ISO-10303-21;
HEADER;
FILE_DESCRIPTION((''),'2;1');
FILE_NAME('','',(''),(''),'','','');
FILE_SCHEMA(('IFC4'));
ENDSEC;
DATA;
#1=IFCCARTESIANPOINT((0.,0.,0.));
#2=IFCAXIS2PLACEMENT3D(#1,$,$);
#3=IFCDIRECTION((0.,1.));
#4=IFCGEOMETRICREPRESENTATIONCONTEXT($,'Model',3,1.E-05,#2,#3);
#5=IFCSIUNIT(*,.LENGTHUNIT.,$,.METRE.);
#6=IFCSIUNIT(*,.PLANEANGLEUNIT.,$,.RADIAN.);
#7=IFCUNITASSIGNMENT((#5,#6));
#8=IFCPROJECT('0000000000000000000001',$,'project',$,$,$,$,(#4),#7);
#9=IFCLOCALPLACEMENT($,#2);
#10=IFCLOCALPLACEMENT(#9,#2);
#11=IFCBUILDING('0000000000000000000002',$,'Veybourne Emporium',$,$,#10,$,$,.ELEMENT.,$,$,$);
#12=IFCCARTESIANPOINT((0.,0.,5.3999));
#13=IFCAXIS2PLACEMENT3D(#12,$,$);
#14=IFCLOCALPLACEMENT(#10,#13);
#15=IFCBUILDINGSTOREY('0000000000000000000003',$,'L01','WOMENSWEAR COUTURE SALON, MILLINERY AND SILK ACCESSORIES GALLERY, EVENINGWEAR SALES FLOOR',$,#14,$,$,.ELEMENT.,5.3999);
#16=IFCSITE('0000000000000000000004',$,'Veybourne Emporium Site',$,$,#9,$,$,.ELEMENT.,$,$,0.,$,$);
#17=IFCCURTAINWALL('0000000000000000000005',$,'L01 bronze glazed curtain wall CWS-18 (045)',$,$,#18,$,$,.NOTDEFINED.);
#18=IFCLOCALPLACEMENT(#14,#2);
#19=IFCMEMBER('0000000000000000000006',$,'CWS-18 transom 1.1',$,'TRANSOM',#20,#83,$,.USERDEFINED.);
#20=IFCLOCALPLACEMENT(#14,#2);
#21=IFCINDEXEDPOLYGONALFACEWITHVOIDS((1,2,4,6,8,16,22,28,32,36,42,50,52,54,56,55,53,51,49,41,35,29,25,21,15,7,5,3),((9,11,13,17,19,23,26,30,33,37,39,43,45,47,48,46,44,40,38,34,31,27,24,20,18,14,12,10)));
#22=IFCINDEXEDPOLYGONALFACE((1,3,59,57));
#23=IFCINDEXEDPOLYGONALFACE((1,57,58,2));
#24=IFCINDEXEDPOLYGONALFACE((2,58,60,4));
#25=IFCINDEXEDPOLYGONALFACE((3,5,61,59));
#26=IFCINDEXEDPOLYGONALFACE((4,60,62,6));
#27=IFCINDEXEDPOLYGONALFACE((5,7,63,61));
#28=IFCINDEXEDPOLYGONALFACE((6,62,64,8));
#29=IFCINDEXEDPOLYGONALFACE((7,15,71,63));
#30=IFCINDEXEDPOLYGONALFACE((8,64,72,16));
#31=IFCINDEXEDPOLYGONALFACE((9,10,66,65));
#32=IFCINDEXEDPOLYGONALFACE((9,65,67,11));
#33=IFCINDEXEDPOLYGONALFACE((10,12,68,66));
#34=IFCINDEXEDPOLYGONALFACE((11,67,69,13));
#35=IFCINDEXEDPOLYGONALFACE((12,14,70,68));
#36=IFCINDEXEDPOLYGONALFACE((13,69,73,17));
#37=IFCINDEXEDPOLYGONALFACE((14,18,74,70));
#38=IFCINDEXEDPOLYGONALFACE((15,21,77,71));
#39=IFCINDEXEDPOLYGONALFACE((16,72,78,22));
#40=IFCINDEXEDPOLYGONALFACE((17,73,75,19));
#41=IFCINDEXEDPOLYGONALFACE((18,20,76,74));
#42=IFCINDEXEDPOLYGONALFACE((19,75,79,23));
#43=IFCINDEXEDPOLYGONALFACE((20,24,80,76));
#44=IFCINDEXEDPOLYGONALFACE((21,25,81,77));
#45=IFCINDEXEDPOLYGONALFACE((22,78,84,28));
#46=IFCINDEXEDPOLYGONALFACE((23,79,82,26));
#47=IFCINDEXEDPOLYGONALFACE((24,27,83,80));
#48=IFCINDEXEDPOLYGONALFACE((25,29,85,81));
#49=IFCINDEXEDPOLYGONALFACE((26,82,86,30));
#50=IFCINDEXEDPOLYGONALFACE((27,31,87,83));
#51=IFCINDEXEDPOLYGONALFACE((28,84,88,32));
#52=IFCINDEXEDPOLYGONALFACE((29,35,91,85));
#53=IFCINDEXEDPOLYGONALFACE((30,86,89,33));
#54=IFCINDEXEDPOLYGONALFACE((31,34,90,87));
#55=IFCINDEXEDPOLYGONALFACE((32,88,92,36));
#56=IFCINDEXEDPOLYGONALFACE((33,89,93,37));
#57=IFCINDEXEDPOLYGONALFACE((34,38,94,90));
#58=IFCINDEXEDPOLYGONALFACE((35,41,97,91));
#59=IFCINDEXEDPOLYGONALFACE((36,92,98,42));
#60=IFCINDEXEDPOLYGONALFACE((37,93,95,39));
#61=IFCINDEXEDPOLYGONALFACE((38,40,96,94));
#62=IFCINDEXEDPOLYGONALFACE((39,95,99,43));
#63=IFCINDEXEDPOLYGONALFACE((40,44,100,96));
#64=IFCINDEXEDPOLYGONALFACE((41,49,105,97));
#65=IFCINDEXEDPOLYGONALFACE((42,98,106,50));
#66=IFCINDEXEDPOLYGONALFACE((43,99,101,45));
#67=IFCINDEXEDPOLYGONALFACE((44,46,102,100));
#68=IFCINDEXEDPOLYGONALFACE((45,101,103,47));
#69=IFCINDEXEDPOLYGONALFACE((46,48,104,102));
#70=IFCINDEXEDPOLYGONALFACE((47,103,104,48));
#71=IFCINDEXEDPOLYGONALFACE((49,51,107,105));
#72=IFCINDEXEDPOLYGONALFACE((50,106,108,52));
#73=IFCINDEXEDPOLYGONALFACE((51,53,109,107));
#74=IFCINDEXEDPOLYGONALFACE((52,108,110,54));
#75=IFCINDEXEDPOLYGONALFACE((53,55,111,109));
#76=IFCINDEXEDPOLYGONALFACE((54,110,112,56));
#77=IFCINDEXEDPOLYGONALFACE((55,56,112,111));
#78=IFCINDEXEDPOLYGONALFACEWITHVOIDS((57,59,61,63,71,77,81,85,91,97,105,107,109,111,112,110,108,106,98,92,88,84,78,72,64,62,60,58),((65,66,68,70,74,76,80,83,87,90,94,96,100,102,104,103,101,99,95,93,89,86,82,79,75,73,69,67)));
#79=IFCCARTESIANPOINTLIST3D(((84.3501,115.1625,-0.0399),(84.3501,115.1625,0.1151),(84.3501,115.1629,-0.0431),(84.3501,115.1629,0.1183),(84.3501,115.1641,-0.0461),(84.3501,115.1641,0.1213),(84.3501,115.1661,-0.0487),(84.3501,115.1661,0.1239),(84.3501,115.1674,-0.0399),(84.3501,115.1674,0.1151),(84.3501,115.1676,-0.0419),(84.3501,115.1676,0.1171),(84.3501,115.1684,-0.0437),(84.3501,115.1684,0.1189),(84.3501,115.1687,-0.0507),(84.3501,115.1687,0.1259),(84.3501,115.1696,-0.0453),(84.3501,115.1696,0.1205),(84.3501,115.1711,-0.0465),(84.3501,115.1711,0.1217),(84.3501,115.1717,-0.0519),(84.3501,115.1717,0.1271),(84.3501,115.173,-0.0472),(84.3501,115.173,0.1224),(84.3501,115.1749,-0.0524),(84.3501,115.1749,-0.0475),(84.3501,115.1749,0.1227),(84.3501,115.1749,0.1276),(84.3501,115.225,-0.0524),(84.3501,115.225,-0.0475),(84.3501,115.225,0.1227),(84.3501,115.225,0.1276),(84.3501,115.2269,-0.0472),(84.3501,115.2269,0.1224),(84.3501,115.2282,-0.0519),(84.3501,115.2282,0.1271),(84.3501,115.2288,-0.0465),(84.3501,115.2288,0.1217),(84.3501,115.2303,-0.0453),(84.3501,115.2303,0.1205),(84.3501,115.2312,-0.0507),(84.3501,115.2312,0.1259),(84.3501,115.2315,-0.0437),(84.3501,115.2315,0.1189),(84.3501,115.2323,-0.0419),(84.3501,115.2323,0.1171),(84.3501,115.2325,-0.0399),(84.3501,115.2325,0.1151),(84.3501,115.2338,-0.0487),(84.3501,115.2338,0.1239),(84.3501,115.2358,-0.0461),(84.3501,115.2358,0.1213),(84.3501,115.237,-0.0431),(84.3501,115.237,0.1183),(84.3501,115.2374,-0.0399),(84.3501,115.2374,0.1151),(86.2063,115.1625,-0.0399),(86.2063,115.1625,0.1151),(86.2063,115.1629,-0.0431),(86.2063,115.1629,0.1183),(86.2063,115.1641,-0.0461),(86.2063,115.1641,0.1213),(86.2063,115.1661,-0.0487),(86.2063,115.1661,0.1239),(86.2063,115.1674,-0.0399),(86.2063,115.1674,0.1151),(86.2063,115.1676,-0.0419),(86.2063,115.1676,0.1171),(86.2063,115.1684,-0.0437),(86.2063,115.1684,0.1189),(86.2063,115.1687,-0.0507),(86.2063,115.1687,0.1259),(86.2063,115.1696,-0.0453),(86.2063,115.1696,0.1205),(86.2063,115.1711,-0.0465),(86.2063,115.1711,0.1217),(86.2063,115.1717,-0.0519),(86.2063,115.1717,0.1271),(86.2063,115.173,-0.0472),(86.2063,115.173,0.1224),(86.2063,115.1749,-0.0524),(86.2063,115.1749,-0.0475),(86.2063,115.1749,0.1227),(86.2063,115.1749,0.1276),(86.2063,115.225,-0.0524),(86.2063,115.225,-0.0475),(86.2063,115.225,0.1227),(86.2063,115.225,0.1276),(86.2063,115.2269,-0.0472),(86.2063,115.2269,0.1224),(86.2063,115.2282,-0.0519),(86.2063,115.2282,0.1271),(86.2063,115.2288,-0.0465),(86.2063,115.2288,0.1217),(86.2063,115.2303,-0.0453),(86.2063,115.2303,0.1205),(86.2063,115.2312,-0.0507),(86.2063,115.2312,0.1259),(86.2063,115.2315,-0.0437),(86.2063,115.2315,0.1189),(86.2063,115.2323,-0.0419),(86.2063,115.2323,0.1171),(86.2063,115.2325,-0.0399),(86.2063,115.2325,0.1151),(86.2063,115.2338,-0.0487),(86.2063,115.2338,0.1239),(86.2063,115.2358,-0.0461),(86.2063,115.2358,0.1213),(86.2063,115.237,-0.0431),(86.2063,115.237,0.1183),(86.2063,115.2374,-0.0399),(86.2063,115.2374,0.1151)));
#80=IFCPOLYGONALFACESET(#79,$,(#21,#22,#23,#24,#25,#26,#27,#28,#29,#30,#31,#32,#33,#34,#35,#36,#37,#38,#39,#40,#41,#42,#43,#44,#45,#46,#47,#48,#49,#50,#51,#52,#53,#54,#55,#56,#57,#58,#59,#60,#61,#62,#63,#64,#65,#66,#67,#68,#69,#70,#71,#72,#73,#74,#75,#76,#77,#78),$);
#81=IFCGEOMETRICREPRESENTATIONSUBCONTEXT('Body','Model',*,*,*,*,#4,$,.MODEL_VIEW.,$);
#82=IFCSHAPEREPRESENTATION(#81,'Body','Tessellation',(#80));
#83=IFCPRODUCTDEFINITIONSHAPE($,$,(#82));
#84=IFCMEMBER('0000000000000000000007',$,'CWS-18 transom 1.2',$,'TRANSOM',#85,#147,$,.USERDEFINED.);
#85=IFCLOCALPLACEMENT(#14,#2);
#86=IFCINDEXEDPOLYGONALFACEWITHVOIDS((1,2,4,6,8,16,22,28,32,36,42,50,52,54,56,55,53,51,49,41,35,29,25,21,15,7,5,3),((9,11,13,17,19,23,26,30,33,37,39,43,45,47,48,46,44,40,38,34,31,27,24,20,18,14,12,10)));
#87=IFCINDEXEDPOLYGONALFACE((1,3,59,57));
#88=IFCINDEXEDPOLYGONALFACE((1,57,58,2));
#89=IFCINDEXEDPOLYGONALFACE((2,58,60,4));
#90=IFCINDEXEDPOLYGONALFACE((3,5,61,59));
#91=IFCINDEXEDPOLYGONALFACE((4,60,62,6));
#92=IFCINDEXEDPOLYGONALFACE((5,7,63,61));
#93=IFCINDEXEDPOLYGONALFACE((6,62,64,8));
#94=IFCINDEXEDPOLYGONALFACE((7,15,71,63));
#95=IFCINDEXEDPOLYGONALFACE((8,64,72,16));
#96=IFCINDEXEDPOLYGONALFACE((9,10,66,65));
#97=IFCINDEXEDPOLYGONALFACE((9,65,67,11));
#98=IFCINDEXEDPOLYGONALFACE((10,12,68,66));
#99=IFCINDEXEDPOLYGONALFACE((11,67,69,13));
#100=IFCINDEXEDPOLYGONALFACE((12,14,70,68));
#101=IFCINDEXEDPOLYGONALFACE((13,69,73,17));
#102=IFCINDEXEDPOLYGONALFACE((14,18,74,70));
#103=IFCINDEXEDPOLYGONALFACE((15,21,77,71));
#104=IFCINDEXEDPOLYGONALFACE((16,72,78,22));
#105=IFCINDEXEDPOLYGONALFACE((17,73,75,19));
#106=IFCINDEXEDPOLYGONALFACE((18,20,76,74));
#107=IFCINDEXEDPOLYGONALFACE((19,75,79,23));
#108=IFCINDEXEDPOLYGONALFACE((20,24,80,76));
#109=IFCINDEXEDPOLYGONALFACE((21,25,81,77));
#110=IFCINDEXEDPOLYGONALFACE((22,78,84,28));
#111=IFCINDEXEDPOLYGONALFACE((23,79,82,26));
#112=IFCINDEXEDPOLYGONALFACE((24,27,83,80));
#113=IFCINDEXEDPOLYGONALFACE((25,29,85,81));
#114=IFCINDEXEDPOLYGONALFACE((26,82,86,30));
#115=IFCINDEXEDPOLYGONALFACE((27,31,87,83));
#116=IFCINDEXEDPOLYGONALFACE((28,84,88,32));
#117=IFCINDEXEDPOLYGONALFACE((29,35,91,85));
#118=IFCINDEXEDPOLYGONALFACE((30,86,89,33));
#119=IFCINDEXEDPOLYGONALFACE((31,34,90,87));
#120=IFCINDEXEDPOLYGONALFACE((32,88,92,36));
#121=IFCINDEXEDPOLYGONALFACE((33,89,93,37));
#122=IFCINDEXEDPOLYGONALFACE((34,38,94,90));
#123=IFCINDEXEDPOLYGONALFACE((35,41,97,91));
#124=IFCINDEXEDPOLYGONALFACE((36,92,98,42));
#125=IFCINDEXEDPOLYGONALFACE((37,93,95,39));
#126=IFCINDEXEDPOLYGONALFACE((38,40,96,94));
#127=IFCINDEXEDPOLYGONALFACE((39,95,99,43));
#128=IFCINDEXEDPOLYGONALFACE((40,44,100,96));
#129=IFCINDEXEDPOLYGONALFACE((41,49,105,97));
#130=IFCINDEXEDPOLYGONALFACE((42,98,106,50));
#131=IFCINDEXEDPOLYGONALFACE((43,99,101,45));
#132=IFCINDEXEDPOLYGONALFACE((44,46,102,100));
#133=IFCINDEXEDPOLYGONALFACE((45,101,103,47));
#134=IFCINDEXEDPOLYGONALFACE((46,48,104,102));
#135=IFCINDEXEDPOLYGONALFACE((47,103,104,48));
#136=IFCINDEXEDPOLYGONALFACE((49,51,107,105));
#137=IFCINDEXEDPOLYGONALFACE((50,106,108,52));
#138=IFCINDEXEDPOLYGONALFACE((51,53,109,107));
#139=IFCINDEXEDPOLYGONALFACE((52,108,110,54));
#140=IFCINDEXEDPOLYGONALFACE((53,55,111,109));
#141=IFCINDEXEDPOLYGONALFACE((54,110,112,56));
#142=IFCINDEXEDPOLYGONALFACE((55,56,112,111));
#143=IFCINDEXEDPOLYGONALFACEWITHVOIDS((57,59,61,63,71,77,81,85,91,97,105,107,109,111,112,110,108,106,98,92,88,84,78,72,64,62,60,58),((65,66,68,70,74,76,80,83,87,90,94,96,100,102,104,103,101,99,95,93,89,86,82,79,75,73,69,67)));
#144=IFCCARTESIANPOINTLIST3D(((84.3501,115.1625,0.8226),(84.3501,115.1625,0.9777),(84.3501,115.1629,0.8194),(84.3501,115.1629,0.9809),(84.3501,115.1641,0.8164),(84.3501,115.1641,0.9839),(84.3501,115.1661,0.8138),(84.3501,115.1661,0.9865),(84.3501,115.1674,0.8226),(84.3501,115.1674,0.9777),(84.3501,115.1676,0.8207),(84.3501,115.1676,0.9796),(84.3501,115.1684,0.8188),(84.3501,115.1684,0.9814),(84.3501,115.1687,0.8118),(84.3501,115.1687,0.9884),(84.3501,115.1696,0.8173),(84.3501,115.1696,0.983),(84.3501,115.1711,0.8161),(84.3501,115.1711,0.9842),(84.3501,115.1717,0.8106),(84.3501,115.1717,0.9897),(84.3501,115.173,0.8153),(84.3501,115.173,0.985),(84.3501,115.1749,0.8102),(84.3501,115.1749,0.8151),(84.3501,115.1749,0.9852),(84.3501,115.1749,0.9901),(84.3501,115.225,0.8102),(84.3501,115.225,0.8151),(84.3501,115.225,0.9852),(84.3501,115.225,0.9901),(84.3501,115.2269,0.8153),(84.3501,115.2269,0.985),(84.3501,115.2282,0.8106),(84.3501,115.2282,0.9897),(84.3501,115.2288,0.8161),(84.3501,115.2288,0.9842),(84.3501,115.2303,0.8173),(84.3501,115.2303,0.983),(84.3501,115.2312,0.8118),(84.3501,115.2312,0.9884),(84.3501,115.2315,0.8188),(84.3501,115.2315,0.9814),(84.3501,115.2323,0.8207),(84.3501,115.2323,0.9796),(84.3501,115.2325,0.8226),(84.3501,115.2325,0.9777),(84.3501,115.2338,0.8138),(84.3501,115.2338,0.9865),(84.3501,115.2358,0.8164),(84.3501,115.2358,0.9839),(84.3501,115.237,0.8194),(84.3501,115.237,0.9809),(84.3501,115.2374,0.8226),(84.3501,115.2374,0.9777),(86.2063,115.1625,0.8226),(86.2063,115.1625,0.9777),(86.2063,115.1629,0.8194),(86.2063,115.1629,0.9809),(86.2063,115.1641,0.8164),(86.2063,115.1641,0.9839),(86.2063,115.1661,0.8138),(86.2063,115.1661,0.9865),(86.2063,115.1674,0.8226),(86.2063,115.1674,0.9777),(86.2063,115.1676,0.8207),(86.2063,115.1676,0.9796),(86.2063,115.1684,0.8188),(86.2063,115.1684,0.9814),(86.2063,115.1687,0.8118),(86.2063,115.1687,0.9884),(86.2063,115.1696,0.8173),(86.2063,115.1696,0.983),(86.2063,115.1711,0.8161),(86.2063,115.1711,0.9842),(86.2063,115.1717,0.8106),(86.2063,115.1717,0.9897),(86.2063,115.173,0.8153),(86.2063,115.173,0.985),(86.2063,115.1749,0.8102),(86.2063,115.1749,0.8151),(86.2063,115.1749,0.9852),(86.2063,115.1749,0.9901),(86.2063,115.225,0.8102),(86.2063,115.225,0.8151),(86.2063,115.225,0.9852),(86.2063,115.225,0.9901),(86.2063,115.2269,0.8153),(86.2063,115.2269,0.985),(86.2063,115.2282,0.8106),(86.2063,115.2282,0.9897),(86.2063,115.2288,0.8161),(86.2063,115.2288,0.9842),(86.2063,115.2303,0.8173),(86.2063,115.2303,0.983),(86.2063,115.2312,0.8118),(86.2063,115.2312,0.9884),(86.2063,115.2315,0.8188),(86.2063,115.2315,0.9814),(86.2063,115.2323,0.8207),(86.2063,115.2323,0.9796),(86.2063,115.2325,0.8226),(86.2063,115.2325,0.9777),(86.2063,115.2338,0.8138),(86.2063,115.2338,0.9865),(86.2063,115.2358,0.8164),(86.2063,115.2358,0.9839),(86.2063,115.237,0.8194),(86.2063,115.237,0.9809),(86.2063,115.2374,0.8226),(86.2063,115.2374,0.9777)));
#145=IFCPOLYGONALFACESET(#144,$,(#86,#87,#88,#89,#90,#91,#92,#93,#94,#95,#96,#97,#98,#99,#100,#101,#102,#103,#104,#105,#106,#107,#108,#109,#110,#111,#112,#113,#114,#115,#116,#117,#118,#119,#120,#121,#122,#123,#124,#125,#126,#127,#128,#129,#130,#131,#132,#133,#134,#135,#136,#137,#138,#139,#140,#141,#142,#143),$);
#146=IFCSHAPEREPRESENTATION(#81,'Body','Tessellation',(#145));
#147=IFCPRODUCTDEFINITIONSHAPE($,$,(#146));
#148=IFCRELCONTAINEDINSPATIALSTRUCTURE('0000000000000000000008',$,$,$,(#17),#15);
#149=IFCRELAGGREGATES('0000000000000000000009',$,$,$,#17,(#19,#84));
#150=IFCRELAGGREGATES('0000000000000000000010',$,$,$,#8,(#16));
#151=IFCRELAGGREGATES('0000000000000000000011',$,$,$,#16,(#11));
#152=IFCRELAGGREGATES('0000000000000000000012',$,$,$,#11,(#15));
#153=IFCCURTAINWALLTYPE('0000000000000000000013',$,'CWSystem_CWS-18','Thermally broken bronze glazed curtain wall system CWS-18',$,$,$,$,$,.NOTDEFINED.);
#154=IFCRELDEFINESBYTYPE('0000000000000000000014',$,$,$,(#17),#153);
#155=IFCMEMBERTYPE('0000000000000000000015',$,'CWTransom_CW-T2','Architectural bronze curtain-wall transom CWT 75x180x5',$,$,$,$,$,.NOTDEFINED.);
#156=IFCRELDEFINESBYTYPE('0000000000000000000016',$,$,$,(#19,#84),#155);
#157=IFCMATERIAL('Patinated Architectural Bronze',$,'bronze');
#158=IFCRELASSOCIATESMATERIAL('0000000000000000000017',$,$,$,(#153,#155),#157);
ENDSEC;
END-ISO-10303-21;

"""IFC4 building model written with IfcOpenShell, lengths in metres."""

from ifc_helpers import new_model, si_unit, direction, frame, origin, origin_2d, place, context, subcontext, project, spatial, hollow_rectangle, extrude, material, material_profile, profile_set, type_object, element, aggregate, save


model = new_model("IFC4")

# Units and contexts
model_context = context("Model", 3, precision=1e-05, world=origin(), true_north=direction((0.0, 1.0)))
body_context = subcontext(model_context, "Body", "Model", "MODEL_VIEW")
ifc_project = project(units=[si_unit("LENGTHUNIT", "METRE"), si_unit("PLANEANGLEUNIT", "RADIAN")], contexts=[model_context])

# Site, building, storey
site_placement = place(None, origin())
site = spatial("IfcSite", under=ifc_project, at=site_placement, Name="Veybourne Emporium Site", CompositionType="ELEMENT", RefElevation=0.0)
building_placement = place(site_placement, origin())
building = spatial("IfcBuilding", under=site, at=building_placement, Name="Veybourne Emporium", CompositionType="ELEMENT")
storey_placement = place(building_placement, frame((0.0, 0.0, 5.3999)))
storey = spatial("IfcBuildingStorey", under=building, at=storey_placement, Name="L01", Description="WOMENSWEAR COUTURE SALON, MILLINERY AND SILK ACCESSORIES GALLERY, EVENINGWEAR SALES FLOOR", CompositionType="ELEMENT", Elevation=5.3999)

# Curtain wall, members
ifc_material_1 = material(Name="Patinated Architectural Bronze", Category="bronze")
curtain_wall_type = type_object("IfcCurtainWallType", Name="CWSystem_CWS-18", Description="Thermally broken bronze glazed curtain wall system CWS-18", PredefinedType="NOTDEFINED", material=ifc_material_1)
curtain_wall_placement = place(storey_placement, origin())
curtain_wall = element("IfcCurtainWall", 1, at=curtain_wall_placement, inside=storey, type_object=curtain_wall_type, Name="L01 bronze glazed curtain wall CWS-18 (045)", PredefinedType="NOTDEFINED")
ifc_material_profile_1 = material_profile(ifc_material_1, hollow_rectangle(XDim=0.075, YDim=0.1799, WallThickness=0.0049, InnerFilletRadius=0.0076, OuterFilletRadius=0.0125, at=origin_2d()), Name="CWT 75x180x5")
ifc_profile_set_1 = profile_set([ifc_material_profile_1], Name="Patinated Architectural Bronze")
member_type_1 = type_object("IfcMemberType", Name="CWTransom_CW-T2", Description="Architectural bronze curtain-wall transom CWT 75x180x5", PredefinedType="NOTDEFINED", material=ifc_profile_set_1)
member_1_placement = place(storey_placement, frame((84.3501, 115.2, 0.0376), z_axis=(1.0, 0.0, 0.0), x_axis=(0.0, 1.0, 0.0)))
member_1 = element("IfcMember", 2, at=member_1_placement, type_object=member_type_1, Name="CWS-18 transom 1.1", ObjectType="TRANSOM", PredefinedType="USERDEFINED", context=body_context, shape_type="SweptSolid", body=[
    extrude(hollow_rectangle(XDim=0.075, YDim=0.1799, WallThickness=0.0049, InnerFilletRadius=0.0076, OuterFilletRadius=0.0125, at=origin_2d()), origin(), (0.0, 0.0, 1.0), 1.8562),
])
member_2_placement = place(storey_placement, frame((84.3501, 115.2, 0.9001), z_axis=(1.0, 0.0, 0.0), x_axis=(0.0, 1.0, 0.0)))
member_2 = element("IfcMember", 3, at=member_2_placement, type_object=member_type_1, Name="CWS-18 transom 1.2", ObjectType="TRANSOM", PredefinedType="USERDEFINED", context=body_context, shape_type="SweptSolid", body=[
    extrude(hollow_rectangle(XDim=0.075, YDim=0.1799, WallThickness=0.0049, InnerFilletRadius=0.0076, OuterFilletRadius=0.0125, at=origin_2d()), origin(), (0.0, 0.0, 1.0), 1.8562),
])

aggregate(curtain_wall, [member_1, member_2])

save(model, "model.ifc")
